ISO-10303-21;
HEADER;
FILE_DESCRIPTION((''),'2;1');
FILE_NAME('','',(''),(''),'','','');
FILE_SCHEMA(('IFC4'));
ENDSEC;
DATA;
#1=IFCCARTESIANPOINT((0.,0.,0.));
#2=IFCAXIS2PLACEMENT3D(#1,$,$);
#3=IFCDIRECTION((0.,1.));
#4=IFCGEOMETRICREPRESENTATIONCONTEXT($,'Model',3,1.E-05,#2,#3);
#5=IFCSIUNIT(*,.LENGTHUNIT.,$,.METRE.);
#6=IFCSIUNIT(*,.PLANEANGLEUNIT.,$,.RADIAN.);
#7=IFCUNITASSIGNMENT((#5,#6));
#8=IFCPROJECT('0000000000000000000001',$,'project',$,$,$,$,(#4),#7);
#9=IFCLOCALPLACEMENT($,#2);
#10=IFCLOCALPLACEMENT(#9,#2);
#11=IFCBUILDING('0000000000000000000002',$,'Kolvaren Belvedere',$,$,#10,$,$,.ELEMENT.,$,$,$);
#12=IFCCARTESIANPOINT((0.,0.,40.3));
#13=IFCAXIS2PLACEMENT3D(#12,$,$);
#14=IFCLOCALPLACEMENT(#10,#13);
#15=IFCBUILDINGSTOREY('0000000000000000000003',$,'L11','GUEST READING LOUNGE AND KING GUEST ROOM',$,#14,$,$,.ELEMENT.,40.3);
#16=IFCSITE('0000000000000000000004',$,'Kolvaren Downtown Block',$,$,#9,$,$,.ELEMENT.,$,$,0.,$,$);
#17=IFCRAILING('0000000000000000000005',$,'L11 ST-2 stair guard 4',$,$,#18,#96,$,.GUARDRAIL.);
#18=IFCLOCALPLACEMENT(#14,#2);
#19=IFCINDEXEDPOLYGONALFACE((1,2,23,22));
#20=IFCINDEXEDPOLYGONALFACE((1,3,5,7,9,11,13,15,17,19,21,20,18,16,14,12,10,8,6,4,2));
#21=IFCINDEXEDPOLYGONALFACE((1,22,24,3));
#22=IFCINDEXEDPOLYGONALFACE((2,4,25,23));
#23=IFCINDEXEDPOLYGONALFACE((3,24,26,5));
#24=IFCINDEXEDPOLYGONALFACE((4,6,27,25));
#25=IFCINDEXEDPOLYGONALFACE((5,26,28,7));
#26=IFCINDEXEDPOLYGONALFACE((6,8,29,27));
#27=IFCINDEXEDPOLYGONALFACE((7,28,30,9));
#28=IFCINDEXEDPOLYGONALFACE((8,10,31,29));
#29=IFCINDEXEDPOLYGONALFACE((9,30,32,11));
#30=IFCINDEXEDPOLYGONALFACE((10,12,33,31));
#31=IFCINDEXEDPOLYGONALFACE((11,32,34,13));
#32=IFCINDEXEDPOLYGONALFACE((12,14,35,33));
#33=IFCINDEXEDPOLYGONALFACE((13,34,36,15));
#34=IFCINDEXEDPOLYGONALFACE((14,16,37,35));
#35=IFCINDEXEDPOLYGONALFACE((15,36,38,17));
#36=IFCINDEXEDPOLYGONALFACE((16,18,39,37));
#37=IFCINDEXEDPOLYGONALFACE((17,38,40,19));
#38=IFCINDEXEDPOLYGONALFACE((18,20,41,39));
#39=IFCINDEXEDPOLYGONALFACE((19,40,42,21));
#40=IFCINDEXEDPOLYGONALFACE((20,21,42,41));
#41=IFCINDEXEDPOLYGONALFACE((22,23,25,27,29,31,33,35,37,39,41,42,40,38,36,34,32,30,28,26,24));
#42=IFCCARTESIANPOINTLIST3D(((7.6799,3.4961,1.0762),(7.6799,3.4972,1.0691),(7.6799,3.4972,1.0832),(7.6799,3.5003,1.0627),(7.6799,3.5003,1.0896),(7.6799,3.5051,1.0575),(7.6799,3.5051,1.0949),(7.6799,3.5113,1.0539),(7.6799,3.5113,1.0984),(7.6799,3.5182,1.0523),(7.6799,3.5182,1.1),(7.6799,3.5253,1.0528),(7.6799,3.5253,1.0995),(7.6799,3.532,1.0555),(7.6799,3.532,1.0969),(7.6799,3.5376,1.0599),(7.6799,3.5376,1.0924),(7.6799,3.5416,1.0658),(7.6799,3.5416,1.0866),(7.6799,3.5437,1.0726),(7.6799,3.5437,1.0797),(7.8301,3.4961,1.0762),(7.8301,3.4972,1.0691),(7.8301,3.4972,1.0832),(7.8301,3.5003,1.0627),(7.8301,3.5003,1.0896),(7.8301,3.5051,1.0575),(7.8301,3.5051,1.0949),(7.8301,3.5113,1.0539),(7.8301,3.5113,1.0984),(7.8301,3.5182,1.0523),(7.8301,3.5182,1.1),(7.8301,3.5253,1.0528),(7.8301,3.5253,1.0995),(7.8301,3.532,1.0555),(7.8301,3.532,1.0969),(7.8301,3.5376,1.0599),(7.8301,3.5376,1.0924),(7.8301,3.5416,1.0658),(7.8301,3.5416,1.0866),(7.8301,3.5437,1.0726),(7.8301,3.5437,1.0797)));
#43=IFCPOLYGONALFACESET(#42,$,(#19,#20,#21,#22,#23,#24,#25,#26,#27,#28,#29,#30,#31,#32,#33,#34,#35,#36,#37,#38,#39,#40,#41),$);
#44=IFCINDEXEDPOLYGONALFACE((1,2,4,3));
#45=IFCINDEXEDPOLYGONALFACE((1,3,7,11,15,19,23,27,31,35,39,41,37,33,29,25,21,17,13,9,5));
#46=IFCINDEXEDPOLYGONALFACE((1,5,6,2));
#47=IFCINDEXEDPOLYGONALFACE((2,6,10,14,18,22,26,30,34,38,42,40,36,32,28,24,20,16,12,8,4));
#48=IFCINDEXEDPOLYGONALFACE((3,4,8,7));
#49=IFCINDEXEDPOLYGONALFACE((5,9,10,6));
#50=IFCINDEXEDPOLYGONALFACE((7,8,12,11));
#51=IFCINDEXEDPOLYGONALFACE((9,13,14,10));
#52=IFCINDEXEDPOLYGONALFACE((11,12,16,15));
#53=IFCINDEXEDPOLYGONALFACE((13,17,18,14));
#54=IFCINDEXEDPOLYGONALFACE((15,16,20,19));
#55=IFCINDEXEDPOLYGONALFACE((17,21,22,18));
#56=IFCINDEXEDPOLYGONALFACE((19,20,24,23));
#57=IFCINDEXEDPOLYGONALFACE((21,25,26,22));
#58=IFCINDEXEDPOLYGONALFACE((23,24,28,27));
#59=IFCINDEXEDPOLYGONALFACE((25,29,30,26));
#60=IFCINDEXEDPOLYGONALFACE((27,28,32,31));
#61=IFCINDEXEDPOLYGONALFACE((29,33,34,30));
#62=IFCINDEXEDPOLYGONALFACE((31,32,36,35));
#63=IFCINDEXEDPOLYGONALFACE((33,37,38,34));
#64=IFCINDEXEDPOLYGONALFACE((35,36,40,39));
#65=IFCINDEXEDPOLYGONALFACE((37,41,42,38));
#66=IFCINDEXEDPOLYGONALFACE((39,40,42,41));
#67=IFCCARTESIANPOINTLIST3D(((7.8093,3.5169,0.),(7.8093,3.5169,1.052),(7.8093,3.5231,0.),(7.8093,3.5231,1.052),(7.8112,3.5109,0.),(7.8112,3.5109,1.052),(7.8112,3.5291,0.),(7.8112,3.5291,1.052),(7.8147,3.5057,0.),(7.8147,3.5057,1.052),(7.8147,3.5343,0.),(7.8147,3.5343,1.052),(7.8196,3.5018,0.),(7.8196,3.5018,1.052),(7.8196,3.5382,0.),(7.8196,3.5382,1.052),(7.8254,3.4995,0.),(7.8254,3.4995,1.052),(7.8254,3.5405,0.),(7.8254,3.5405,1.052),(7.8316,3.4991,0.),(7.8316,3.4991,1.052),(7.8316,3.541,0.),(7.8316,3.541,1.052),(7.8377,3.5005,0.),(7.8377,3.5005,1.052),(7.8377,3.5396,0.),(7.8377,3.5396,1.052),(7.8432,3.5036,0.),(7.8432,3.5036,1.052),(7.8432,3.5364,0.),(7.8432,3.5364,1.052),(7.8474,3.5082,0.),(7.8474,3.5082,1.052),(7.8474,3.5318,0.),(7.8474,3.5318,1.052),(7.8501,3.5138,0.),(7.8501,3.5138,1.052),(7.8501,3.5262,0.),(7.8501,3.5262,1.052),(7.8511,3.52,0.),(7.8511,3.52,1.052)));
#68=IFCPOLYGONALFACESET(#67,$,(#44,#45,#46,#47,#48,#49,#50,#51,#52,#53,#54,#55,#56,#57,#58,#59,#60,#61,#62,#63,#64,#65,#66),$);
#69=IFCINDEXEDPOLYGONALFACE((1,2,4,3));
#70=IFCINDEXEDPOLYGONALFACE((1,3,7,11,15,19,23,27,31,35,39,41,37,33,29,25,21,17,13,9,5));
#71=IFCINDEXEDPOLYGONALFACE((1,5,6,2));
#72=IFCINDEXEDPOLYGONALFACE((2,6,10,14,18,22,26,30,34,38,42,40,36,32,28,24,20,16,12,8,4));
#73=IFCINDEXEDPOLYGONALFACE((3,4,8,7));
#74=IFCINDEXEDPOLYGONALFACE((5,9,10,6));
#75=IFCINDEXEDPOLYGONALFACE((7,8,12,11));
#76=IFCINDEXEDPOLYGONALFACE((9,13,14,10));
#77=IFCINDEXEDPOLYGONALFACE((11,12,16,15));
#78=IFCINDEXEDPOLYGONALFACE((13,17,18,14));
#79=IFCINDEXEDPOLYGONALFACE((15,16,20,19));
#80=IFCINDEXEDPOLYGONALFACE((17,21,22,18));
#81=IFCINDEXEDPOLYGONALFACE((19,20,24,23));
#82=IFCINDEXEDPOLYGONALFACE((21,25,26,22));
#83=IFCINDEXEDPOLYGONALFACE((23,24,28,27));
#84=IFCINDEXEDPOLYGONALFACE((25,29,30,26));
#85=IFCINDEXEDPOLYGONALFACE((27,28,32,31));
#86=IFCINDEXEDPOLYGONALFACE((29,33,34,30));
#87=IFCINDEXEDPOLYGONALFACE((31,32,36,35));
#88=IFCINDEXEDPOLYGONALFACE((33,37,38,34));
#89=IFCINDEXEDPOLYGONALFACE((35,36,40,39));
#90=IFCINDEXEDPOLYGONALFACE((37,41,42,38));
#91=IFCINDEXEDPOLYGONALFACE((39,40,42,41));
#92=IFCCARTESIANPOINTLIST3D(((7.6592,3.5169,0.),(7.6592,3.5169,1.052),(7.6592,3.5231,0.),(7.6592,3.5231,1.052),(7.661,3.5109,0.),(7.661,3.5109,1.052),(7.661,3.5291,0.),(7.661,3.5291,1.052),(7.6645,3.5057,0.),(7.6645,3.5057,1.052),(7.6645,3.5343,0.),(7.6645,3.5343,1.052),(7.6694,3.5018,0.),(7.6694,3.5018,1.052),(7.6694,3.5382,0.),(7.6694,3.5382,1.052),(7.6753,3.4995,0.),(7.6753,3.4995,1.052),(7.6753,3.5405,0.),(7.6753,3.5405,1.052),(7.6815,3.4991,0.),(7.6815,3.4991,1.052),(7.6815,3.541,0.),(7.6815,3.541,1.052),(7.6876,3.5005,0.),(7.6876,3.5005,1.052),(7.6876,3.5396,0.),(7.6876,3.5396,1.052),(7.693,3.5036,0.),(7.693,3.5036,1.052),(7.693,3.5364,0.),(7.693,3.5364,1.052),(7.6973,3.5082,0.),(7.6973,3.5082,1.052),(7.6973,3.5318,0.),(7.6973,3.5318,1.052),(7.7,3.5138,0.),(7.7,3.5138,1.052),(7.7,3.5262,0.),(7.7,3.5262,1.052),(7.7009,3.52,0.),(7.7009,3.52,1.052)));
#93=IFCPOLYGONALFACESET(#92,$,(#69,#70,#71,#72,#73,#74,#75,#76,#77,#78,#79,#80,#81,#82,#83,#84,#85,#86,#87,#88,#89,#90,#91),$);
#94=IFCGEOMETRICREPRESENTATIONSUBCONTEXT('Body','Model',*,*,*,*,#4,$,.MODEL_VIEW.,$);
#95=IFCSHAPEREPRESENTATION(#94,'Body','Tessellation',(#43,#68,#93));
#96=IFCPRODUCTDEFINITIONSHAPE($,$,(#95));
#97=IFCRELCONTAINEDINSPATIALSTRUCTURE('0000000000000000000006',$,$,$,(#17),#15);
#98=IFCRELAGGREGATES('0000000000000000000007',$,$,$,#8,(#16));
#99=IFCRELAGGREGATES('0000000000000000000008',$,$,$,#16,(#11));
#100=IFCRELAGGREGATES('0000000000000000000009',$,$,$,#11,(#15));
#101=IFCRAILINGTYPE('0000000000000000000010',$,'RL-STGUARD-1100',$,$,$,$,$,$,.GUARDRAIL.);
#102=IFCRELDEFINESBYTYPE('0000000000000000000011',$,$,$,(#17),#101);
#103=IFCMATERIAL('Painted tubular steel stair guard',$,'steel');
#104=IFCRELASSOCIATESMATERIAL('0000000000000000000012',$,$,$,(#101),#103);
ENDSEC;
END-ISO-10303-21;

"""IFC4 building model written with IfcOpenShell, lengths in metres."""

from ifc_helpers import new_model, si_unit, direction, frame, origin, origin_2d, place, context, subcontext, project, spatial, circle, extrude, material, type_object, element, save


model = new_model("IFC4")

# Units and contexts
model_context = context("Model", 3, precision=1e-05, world=origin(), true_north=direction((0.0, 1.0)))
body_context = subcontext(model_context, "Body", "Model", "MODEL_VIEW")
ifc_project = project(units=[si_unit("LENGTHUNIT", "METRE"), si_unit("PLANEANGLEUNIT", "RADIAN")], contexts=[model_context])

# Site, building, storey
site_placement = place(None, origin())
site = spatial("IfcSite", under=ifc_project, at=site_placement, Name="Kolvaren Downtown Block", CompositionType="ELEMENT", RefElevation=0.0)
building_placement = place(site_placement, origin())
building = spatial("IfcBuilding", under=site, at=building_placement, Name="Kolvaren Belvedere", CompositionType="ELEMENT")
storey_placement = place(building_placement, frame((0.0, 0.0, 40.3)))
storey = spatial("IfcBuildingStorey", under=building, at=storey_placement, Name="L11", Description="GUEST READING LOUNGE AND KING GUEST ROOM", CompositionType="ELEMENT", Elevation=40.3)

# Railing
ifc_material_1 = material(Name="Painted tubular steel stair guard", Category="steel")
railing_type_1 = type_object("IfcRailingType", Name="RL-STGUARD-1100", PredefinedType="GUARDRAIL", material=ifc_material_1)
railing_1_placement = place(storey_placement, frame((7.8301, 3.52, 0.0)))
element("IfcRailing", 1, at=railing_1_placement, inside=storey, type_object=railing_type_1, Name="L11 ST-2 stair guard 4", PredefinedType="GUARDRAIL", context=body_context, shape_type="SweptSolid", body=[
    extrude(circle(Radius=0.0239, at=origin_2d()), frame((0.0, 0.0, 1.0762), z_axis=(-1.0, 0.0, 0.0), x_axis=(0.0, -1.0, 0.0)), (0.0, 0.0, 1.0), 0.1501),
    extrude(circle(Radius=0.021, at=origin_2d()), origin(), (0.0, 0.0, 1.0), 1.052),
    extrude(circle(Radius=0.021, at=origin_2d()), frame((-0.1501, 0.0, 0.0)), (0.0, 0.0, 1.0), 1.052),
])

save(model, "model.ifc")
